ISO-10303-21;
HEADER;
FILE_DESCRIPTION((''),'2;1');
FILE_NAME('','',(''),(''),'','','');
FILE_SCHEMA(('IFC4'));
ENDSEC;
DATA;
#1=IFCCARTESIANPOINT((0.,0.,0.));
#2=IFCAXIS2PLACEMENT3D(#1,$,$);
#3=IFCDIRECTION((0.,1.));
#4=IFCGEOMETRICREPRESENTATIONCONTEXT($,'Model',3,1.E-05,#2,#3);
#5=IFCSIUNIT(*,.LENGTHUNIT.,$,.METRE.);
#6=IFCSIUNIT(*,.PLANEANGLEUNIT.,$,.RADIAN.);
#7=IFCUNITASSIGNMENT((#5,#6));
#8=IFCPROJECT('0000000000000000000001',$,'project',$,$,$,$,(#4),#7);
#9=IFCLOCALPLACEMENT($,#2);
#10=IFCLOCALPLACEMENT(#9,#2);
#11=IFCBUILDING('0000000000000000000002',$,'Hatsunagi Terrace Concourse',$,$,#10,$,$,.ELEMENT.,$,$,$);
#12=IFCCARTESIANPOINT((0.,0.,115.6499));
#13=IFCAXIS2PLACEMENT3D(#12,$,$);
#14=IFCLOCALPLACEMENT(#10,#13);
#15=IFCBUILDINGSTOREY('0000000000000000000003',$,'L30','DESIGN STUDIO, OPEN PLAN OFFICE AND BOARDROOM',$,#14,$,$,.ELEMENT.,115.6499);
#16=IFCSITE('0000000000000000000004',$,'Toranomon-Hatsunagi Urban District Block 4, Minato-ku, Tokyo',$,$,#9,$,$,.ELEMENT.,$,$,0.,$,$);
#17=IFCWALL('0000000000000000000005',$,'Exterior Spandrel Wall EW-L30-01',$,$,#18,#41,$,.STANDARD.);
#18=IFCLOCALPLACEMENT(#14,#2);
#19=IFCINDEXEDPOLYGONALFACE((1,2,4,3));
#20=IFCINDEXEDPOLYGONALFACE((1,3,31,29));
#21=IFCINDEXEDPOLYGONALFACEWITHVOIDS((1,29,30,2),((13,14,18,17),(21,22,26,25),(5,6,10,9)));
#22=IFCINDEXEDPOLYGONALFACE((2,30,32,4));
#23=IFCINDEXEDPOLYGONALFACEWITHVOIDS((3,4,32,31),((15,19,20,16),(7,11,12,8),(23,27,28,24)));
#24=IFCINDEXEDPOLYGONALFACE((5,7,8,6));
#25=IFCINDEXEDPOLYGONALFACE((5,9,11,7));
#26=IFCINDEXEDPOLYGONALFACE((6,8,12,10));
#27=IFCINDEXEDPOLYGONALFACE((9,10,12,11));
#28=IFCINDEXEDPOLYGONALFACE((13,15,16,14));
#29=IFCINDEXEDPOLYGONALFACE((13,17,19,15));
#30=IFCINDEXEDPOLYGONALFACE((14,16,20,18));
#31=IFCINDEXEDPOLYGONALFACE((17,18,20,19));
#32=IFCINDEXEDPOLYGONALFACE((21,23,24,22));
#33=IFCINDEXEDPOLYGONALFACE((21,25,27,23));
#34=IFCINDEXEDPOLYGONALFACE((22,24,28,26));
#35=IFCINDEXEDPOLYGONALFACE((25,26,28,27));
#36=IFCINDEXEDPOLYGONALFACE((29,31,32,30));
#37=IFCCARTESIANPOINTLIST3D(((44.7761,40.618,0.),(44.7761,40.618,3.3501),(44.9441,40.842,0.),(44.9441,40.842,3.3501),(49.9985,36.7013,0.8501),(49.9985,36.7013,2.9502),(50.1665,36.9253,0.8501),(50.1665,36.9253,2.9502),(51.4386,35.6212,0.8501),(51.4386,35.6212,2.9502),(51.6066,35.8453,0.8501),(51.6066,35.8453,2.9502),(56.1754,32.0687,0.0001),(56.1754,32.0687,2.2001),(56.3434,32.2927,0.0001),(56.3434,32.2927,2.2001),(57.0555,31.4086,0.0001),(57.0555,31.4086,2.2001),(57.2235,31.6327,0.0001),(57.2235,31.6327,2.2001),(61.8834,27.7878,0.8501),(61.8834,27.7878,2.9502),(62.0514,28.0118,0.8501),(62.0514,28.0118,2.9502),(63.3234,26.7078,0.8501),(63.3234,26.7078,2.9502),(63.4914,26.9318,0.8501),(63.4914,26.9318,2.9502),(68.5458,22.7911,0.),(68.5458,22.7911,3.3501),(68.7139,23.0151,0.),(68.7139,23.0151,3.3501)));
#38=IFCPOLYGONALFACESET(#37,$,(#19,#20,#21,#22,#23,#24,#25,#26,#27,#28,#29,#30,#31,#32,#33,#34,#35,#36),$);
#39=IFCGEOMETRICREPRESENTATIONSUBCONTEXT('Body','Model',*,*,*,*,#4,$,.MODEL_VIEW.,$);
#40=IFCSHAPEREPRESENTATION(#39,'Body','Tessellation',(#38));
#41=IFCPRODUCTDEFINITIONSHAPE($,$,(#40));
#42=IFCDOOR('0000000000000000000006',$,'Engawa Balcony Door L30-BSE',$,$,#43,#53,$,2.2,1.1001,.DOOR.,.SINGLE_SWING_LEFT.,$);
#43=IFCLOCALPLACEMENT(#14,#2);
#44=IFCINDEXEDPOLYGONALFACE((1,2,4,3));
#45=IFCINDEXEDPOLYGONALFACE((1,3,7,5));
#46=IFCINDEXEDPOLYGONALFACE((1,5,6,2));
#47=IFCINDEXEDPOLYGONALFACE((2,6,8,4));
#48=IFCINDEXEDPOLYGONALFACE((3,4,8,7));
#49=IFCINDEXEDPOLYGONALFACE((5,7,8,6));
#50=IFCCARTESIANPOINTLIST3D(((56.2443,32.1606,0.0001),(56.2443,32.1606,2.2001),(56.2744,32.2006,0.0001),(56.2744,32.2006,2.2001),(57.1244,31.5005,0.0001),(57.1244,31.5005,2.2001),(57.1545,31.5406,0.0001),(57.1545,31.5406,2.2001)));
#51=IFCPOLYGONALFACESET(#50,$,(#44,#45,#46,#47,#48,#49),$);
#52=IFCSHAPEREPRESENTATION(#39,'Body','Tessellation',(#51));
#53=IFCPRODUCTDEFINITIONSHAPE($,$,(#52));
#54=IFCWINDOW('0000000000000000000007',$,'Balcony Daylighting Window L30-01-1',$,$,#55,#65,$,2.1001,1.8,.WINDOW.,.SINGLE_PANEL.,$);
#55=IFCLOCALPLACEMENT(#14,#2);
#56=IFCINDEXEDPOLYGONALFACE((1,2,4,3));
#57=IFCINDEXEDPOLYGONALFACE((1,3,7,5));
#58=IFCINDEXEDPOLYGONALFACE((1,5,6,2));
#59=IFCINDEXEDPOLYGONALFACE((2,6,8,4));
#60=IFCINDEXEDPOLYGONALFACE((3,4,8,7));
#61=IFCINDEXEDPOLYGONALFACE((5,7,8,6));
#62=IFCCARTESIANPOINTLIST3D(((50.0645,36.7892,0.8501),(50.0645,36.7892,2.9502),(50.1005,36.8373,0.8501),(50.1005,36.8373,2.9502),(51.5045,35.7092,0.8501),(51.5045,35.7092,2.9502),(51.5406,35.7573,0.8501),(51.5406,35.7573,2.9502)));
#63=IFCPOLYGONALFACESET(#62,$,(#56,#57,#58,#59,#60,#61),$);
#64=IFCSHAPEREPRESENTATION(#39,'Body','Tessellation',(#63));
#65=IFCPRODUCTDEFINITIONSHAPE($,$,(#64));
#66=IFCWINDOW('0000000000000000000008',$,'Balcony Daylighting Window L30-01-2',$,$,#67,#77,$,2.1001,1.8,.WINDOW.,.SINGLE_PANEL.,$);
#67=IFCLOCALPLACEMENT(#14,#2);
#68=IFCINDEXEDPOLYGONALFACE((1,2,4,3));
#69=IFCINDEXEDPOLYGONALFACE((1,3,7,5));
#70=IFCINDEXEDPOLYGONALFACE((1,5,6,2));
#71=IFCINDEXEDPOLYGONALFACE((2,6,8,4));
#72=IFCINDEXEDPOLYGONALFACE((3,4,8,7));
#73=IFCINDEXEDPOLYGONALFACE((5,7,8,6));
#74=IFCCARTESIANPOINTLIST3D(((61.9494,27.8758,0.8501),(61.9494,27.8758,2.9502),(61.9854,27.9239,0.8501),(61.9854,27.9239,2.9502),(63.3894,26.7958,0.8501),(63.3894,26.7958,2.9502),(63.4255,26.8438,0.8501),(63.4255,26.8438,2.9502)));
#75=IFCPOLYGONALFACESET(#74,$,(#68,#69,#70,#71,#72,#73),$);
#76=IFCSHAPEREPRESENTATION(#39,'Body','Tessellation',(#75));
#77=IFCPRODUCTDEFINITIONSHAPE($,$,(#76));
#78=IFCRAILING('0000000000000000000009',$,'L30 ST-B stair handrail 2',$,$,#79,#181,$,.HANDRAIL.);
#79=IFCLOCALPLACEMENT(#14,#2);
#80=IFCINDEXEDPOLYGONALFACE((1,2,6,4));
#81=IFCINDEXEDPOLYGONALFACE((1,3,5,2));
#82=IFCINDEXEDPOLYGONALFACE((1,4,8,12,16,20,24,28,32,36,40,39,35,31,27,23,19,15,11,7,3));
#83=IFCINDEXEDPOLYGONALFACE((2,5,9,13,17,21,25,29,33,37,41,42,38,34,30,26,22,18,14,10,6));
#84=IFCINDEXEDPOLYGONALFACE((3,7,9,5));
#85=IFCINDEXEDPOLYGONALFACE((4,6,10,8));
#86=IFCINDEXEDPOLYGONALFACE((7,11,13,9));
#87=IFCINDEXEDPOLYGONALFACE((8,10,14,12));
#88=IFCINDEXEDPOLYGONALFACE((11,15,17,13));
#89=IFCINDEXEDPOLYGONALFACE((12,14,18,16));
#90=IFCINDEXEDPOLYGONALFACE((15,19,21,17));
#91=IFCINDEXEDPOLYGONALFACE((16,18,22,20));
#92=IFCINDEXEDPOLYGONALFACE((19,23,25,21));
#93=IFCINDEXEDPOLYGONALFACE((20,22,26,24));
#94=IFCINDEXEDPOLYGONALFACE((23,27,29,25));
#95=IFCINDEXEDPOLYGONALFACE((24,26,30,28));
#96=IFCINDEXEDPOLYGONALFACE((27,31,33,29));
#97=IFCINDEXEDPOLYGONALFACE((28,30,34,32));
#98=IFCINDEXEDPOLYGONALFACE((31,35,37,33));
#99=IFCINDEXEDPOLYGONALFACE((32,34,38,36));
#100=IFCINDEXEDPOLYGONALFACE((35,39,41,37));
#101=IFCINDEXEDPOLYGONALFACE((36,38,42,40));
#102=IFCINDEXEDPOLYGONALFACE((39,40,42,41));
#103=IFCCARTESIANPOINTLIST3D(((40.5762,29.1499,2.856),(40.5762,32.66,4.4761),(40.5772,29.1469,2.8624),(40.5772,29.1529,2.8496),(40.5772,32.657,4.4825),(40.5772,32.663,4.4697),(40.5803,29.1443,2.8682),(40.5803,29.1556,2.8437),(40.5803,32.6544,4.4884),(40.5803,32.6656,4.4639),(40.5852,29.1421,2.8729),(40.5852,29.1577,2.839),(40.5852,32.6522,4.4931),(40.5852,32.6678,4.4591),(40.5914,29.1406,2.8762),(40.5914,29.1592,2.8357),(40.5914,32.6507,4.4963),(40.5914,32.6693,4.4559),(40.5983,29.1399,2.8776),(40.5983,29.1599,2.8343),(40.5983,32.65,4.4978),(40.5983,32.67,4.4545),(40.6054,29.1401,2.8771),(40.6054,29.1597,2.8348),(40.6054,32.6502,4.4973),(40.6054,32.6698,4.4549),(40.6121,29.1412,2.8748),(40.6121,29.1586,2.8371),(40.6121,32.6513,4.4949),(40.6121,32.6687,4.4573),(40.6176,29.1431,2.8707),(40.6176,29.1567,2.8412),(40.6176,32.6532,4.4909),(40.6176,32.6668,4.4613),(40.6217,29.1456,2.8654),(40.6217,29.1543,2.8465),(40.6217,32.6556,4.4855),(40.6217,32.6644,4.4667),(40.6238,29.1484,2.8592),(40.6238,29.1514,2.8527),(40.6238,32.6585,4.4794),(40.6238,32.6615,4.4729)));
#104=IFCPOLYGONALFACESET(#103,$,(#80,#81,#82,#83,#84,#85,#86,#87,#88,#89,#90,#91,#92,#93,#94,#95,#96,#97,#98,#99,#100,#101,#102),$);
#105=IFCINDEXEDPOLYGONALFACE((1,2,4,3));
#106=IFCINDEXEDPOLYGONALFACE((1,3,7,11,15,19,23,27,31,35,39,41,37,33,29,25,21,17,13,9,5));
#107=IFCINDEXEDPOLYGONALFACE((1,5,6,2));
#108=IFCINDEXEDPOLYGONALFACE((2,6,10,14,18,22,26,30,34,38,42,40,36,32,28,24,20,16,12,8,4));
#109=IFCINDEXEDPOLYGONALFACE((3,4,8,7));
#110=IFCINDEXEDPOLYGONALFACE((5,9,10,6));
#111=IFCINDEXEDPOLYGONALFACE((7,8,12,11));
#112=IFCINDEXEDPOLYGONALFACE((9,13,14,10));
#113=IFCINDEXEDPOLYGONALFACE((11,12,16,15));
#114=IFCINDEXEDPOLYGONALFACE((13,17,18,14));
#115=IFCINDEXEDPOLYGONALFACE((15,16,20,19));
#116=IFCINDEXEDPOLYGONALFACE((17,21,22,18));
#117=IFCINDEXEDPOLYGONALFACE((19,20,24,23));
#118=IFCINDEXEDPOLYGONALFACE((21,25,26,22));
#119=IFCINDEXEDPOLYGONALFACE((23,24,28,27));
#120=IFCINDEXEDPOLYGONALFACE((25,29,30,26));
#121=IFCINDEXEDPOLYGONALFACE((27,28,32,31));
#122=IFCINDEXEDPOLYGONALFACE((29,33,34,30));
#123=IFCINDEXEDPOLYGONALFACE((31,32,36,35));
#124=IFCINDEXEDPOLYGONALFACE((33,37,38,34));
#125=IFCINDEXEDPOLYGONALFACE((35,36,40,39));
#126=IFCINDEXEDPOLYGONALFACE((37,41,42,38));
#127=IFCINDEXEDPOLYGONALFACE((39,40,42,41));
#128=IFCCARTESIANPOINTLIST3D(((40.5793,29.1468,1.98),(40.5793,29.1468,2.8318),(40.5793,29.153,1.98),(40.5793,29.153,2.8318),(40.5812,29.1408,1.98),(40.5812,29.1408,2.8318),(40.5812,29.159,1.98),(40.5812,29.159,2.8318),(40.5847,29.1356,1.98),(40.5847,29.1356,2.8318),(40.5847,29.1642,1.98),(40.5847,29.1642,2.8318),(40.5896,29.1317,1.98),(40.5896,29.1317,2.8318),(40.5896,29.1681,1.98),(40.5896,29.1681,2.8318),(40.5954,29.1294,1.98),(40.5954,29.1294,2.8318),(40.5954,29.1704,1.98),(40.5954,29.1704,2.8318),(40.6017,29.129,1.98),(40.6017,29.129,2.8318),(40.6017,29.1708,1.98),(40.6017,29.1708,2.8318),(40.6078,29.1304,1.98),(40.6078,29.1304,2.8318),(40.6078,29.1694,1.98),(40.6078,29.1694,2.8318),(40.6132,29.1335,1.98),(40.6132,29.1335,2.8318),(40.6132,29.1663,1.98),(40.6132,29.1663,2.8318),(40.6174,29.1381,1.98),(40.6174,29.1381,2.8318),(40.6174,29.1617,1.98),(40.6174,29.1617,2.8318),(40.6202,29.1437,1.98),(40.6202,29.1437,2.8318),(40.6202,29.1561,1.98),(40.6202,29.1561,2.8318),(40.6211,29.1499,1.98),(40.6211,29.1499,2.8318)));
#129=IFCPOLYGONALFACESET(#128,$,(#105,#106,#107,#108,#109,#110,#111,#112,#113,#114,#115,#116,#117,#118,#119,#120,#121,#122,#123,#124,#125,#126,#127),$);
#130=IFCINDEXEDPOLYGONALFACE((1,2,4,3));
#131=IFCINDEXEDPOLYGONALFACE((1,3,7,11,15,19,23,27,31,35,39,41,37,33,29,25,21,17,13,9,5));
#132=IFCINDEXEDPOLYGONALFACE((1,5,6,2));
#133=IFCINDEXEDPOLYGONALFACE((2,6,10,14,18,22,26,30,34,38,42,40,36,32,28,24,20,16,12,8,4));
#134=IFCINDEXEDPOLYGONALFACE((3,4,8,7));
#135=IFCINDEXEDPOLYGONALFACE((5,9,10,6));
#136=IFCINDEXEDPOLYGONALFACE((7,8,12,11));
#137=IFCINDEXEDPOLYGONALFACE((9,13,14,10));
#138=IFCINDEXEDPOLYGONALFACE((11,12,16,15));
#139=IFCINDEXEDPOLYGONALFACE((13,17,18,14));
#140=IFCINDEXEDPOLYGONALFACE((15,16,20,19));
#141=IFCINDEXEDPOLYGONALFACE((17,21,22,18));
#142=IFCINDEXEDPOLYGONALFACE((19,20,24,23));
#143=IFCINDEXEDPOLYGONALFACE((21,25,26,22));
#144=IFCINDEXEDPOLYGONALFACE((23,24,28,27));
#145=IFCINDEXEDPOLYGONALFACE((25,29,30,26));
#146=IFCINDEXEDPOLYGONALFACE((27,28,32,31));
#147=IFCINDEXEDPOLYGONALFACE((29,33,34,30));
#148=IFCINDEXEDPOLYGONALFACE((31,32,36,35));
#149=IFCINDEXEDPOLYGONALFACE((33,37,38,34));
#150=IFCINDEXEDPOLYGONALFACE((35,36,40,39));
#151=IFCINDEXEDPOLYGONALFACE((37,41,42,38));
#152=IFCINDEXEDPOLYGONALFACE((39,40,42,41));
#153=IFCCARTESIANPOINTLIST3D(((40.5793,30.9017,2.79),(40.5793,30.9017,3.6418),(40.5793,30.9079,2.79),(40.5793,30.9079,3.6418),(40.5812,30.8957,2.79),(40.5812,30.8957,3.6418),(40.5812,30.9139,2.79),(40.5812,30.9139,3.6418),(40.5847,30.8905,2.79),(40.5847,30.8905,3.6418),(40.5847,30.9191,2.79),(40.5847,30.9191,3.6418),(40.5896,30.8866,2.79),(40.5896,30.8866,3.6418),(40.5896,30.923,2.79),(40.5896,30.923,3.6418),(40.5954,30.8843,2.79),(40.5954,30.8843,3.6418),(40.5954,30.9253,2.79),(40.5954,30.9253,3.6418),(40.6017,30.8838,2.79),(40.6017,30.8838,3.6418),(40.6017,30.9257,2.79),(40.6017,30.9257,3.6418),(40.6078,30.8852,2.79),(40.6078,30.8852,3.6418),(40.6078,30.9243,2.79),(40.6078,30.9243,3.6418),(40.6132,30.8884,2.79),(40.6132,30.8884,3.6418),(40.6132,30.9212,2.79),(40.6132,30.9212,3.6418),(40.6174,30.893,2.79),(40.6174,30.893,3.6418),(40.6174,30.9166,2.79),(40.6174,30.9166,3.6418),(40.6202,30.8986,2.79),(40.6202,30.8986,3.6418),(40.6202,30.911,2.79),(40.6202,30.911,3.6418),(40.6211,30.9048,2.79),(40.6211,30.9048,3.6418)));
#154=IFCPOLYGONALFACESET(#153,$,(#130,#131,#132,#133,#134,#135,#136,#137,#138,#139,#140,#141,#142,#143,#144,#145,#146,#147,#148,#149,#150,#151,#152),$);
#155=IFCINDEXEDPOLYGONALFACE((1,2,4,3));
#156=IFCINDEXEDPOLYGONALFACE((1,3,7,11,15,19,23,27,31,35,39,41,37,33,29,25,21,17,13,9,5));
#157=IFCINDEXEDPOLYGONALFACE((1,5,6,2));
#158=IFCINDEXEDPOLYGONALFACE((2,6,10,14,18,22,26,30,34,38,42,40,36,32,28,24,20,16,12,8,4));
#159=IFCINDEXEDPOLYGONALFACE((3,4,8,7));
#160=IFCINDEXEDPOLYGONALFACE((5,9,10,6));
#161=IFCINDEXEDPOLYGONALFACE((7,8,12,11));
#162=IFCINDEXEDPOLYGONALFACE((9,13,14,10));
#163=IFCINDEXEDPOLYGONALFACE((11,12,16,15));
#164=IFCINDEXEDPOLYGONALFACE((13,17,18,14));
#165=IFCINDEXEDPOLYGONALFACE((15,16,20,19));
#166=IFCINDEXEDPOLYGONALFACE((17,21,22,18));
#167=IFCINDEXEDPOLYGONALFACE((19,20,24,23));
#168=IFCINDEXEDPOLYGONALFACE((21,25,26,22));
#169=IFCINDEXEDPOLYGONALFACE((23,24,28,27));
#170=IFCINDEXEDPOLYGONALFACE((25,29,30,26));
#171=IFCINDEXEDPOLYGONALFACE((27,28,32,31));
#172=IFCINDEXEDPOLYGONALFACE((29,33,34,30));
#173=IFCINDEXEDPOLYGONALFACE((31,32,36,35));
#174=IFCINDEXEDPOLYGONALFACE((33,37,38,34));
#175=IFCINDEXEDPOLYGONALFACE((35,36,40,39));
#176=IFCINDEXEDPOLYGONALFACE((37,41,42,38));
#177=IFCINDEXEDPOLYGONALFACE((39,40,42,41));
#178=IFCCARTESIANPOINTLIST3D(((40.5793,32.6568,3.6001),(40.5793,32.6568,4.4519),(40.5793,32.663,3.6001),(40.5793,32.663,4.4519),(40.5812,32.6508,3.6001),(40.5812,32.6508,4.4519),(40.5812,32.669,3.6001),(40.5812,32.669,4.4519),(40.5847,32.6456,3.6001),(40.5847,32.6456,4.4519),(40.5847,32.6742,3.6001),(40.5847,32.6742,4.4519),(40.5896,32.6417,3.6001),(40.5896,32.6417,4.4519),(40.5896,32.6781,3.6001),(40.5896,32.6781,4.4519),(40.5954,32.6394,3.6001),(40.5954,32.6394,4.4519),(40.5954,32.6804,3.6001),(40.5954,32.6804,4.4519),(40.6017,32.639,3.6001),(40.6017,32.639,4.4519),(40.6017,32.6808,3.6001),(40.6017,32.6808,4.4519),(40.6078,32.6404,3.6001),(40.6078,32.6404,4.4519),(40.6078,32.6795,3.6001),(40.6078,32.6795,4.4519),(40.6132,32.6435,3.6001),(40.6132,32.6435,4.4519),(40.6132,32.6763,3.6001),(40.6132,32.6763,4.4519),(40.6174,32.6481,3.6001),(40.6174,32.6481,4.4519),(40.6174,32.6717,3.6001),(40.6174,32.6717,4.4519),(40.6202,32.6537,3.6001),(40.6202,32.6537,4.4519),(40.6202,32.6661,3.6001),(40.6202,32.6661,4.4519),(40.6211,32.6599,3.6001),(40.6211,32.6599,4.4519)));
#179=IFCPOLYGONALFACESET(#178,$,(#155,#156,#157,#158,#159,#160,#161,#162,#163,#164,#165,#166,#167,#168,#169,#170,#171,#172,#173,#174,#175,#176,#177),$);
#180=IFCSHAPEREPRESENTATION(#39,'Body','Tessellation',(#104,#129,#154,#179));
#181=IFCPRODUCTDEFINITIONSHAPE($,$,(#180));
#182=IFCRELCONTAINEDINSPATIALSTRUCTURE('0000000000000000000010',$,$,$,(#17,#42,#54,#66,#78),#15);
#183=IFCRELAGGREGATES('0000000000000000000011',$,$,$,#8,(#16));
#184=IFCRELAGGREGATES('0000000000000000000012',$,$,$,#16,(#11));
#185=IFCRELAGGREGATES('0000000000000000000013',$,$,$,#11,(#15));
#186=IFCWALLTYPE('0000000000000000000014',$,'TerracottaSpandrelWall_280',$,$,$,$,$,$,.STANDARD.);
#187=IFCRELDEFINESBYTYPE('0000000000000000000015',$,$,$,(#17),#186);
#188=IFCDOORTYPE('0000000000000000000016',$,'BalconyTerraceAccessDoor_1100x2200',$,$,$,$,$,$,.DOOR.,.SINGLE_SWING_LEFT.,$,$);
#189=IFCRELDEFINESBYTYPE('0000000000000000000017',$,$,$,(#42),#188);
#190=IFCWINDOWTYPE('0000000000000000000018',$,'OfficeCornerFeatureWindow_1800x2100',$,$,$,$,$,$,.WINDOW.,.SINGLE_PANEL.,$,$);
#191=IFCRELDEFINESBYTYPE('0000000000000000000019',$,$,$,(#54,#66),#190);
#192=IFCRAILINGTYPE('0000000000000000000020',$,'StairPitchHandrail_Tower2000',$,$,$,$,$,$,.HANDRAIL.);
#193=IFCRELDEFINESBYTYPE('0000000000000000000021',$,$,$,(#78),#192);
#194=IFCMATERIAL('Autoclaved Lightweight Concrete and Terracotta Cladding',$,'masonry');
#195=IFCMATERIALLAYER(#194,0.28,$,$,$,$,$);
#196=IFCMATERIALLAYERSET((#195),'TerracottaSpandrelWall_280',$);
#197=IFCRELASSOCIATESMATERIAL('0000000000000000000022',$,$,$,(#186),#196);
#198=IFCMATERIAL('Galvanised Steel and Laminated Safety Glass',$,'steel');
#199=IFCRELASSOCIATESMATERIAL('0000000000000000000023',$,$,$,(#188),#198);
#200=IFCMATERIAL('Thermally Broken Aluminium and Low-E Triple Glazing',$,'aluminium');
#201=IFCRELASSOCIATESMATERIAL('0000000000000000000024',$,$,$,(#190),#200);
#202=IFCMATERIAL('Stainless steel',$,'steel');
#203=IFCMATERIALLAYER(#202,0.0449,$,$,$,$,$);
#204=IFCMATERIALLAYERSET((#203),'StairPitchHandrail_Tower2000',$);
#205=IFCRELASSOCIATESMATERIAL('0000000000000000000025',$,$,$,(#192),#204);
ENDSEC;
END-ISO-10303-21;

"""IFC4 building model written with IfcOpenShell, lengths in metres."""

from ifc_helpers import new_model, si_unit, direction, frame, frame_2d, origin, origin_2d, place, context, subcontext, project, spatial, rectangle, circle, extrude, material, layer, layer_set, type_object, element, fill, save


model = new_model("IFC4")

# Units and contexts
model_context = context("Model", 3, precision=1e-05, world=origin(), true_north=direction((0.0, 1.0)))
body_context = subcontext(model_context, "Body", "Model", "MODEL_VIEW")
ifc_project = project(units=[si_unit("LENGTHUNIT", "METRE"), si_unit("PLANEANGLEUNIT", "RADIAN")], contexts=[model_context])

# Site, building, storey
site_placement = place(None, origin())
site = spatial("IfcSite", under=ifc_project, at=site_placement, Name="Toranomon-Hatsunagi Urban District Block 4, Minato-ku, Tokyo", CompositionType="ELEMENT", RefElevation=0.0)
building_placement = place(site_placement, origin())
building = spatial("IfcBuilding", under=site, at=building_placement, Name="Hatsunagi Terrace Concourse", CompositionType="ELEMENT")
storey_placement = place(building_placement, frame((0.0, 0.0, 115.6499)))
storey = spatial("IfcBuildingStorey", under=building, at=storey_placement, Name="L30", Description="DESIGN STUDIO, OPEN PLAN OFFICE AND BOARDROOM", CompositionType="ELEMENT", Elevation=115.6499)

# Wall, openings, door, windows
ifc_material_1 = material(Name="Autoclaved Lightweight Concrete and Terracotta Cladding", Category="masonry")
ifc_layer_1 = layer(ifc_material_1, 0.28)
ifc_layer_set_1 = layer_set([ifc_layer_1], Name="TerracottaSpandrelWall_280")
wall_type_1 = type_object("IfcWallType", Name="TerracottaSpandrelWall_280", PredefinedType="STANDARD", material=ifc_layer_set_1)
wall_1_placement = place(storey_placement, frame((44.8601, 40.73, 0.0), z_axis=(0.0, 0.0, 1.0), x_axis=(0.800007, -0.599991, 0.0)))
wall_1 = element("IfcWall", 1, at=wall_1_placement, inside=storey, type_object=wall_type_1, Name="Exterior Spandrel Wall EW-L30-01", PredefinedType="STANDARD", context=body_context, shape_type="SweptSolid", body=[
    extrude(rectangle(XDim=29.7119, YDim=0.28, at=frame_2d((14.856, 0.0))), origin(), (0.0, 0.0, 1.0), 3.3501),
])
opening_1_placement = place(wall_1_placement, frame((14.249, 0.0, 0.0)))
opening_1 = element("IfcOpeningElement", 2, at=opening_1_placement, cuts=wall_1, PredefinedType="OPENING", context=body_context, shape_type="SweptSolid", body=[
    extrude(rectangle(XDim=1.1001, YDim=2.2, at=frame_2d((0.55, 1.1001))), frame((0.0, 0.1499, 0.0), z_axis=(0.0, -1.0, 0.0), x_axis=(1.0, 0.0, 0.0)), (0.0, 0.0, 1.0), 0.3),
])
opening_2_placement = place(wall_1_placement, frame((6.5281, 0.0, 0.8501)))
opening_2 = element("IfcOpeningElement", 3, at=opening_2_placement, cuts=wall_1, PredefinedType="OPENING", context=body_context, shape_type="SweptSolid", body=[
    extrude(rectangle(XDim=1.8, YDim=2.1001, at=frame_2d((0.8999, 1.05))), frame((0.0, 0.1499, 0.0), z_axis=(0.0, -1.0, 0.0), x_axis=(1.0, 0.0, 0.0)), (0.0, 0.0, 1.0), 0.3),
])
opening_3_placement = place(wall_1_placement, frame((21.384, 0.0, 0.8501)))
opening_3 = element("IfcOpeningElement", 4, at=opening_3_placement, cuts=wall_1, PredefinedType="OPENING", context=body_context, shape_type="SweptSolid", body=[
    extrude(rectangle(XDim=1.8, YDim=2.1001, at=frame_2d((0.8999, 1.05))), frame((0.0, 0.1499, 0.0), z_axis=(0.0, -1.0, 0.0), x_axis=(1.0, 0.0, 0.0)), (0.0, 0.0, 1.0), 0.3),
])
ifc_material_2 = material(Name="Galvanised Steel and Laminated Safety Glass", Category="steel")
door_type = type_object("IfcDoorType", Name="BalconyTerraceAccessDoor_1100x2200", OperationType="SINGLE_SWING_LEFT", PredefinedType="DOOR", material=ifc_material_2)
door_placement = place(opening_1_placement, origin())
door = element("IfcDoor", 5, at=door_placement, inside=storey, type_object=door_type, Name="Engawa Balcony Door L30-BSE", OperationType="SINGLE_SWING_LEFT", OverallHeight=2.2, OverallWidth=1.1001, PredefinedType="DOOR", context=body_context, shape_type="SweptSolid", body=[
    extrude(rectangle(XDim=1.1001, YDim=2.2, at=frame_2d((0.55, 1.1001))), frame((0.0, 0.0249, 0.0), z_axis=(0.0, -1.0, 0.0), x_axis=(1.0, 0.0, 0.0)), (0.0, 0.0, 1.0), 0.05),
])
fill(opening_1, door)
ifc_material_3 = material(Name="Thermally Broken Aluminium and Low-E Triple Glazing", Category="aluminium")
window_type = type_object("IfcWindowType", Name="OfficeCornerFeatureWindow_1800x2100", PartitioningType="SINGLE_PANEL", PredefinedType="WINDOW", material=ifc_material_3)
window_1_placement = place(opening_2_placement, origin())
window_1 = element("IfcWindow", 6, at=window_1_placement, inside=storey, type_object=window_type, Name="Balcony Daylighting Window L30-01-1", OverallHeight=2.1001, OverallWidth=1.8, PartitioningType="SINGLE_PANEL", PredefinedType="WINDOW", context=body_context, shape_type="SweptSolid", body=[
    extrude(rectangle(XDim=1.8, YDim=2.1001, at=frame_2d((0.8999, 1.05))), frame((0.0, 0.03, 0.0), z_axis=(0.0, -1.0, 0.0), x_axis=(1.0, 0.0, 0.0)), (0.0, 0.0, 1.0), 0.0601),
])
fill(opening_2, window_1)
window_2_placement = place(opening_3_placement, origin())
window_2 = element("IfcWindow", 7, at=window_2_placement, inside=storey, type_object=window_type, Name="Balcony Daylighting Window L30-01-2", OverallHeight=2.1001, OverallWidth=1.8, PartitioningType="SINGLE_PANEL", PredefinedType="WINDOW", context=body_context, shape_type="SweptSolid", body=[
    extrude(rectangle(XDim=1.8, YDim=2.1001, at=frame_2d((0.8999, 1.05))), frame((0.0, 0.03, 0.0), z_axis=(0.0, -1.0, 0.0), x_axis=(1.0, 0.0, 0.0)), (0.0, 0.0, 1.0), 0.0601),
])
fill(opening_3, window_2)

# Railing
ifc_material_4 = material(Name="Stainless steel", Category="steel")
ifc_layer_2 = layer(ifc_material_4, 0.0449)
ifc_layer_set_2 = layer_set([ifc_layer_2], Name="StairPitchHandrail_Tower2000")
railing_type = type_object("IfcRailingType", Name="StairPitchHandrail_Tower2000", PredefinedType="HANDRAIL", material=ifc_layer_set_2)
railing_placement = place(storey_placement, frame((40.6001, 29.1499, 1.98)))
element("IfcRailing", 8, at=railing_placement, inside=storey, type_object=railing_type, Name="L30 ST-B stair handrail 2", PredefinedType="HANDRAIL", context=body_context, shape_type="SweptSolid", body=[
    extrude(circle(Radius=0.0239, at=origin_2d()), frame((0.0, 0.0, 0.876), z_axis=(0.0, 0.907948, 0.419082), x_axis=(-1.0, 0.0, 0.0)), (0.0, 0.0, 1.0), 3.866),
    extrude(circle(Radius=0.021, at=origin_2d()), origin(), (0.0, 0.0, 1.0), 0.8518),
    extrude(circle(Radius=0.021, at=origin_2d()), frame((0.0, 1.7549, 0.8101)), (0.0, 0.0, 1.0), 0.8518),
    extrude(circle(Radius=0.021, at=origin_2d()), frame((0.0, 3.51, 1.6201)), (0.0, 0.0, 1.0), 0.8518),
])

save(model, "model.ifc")
